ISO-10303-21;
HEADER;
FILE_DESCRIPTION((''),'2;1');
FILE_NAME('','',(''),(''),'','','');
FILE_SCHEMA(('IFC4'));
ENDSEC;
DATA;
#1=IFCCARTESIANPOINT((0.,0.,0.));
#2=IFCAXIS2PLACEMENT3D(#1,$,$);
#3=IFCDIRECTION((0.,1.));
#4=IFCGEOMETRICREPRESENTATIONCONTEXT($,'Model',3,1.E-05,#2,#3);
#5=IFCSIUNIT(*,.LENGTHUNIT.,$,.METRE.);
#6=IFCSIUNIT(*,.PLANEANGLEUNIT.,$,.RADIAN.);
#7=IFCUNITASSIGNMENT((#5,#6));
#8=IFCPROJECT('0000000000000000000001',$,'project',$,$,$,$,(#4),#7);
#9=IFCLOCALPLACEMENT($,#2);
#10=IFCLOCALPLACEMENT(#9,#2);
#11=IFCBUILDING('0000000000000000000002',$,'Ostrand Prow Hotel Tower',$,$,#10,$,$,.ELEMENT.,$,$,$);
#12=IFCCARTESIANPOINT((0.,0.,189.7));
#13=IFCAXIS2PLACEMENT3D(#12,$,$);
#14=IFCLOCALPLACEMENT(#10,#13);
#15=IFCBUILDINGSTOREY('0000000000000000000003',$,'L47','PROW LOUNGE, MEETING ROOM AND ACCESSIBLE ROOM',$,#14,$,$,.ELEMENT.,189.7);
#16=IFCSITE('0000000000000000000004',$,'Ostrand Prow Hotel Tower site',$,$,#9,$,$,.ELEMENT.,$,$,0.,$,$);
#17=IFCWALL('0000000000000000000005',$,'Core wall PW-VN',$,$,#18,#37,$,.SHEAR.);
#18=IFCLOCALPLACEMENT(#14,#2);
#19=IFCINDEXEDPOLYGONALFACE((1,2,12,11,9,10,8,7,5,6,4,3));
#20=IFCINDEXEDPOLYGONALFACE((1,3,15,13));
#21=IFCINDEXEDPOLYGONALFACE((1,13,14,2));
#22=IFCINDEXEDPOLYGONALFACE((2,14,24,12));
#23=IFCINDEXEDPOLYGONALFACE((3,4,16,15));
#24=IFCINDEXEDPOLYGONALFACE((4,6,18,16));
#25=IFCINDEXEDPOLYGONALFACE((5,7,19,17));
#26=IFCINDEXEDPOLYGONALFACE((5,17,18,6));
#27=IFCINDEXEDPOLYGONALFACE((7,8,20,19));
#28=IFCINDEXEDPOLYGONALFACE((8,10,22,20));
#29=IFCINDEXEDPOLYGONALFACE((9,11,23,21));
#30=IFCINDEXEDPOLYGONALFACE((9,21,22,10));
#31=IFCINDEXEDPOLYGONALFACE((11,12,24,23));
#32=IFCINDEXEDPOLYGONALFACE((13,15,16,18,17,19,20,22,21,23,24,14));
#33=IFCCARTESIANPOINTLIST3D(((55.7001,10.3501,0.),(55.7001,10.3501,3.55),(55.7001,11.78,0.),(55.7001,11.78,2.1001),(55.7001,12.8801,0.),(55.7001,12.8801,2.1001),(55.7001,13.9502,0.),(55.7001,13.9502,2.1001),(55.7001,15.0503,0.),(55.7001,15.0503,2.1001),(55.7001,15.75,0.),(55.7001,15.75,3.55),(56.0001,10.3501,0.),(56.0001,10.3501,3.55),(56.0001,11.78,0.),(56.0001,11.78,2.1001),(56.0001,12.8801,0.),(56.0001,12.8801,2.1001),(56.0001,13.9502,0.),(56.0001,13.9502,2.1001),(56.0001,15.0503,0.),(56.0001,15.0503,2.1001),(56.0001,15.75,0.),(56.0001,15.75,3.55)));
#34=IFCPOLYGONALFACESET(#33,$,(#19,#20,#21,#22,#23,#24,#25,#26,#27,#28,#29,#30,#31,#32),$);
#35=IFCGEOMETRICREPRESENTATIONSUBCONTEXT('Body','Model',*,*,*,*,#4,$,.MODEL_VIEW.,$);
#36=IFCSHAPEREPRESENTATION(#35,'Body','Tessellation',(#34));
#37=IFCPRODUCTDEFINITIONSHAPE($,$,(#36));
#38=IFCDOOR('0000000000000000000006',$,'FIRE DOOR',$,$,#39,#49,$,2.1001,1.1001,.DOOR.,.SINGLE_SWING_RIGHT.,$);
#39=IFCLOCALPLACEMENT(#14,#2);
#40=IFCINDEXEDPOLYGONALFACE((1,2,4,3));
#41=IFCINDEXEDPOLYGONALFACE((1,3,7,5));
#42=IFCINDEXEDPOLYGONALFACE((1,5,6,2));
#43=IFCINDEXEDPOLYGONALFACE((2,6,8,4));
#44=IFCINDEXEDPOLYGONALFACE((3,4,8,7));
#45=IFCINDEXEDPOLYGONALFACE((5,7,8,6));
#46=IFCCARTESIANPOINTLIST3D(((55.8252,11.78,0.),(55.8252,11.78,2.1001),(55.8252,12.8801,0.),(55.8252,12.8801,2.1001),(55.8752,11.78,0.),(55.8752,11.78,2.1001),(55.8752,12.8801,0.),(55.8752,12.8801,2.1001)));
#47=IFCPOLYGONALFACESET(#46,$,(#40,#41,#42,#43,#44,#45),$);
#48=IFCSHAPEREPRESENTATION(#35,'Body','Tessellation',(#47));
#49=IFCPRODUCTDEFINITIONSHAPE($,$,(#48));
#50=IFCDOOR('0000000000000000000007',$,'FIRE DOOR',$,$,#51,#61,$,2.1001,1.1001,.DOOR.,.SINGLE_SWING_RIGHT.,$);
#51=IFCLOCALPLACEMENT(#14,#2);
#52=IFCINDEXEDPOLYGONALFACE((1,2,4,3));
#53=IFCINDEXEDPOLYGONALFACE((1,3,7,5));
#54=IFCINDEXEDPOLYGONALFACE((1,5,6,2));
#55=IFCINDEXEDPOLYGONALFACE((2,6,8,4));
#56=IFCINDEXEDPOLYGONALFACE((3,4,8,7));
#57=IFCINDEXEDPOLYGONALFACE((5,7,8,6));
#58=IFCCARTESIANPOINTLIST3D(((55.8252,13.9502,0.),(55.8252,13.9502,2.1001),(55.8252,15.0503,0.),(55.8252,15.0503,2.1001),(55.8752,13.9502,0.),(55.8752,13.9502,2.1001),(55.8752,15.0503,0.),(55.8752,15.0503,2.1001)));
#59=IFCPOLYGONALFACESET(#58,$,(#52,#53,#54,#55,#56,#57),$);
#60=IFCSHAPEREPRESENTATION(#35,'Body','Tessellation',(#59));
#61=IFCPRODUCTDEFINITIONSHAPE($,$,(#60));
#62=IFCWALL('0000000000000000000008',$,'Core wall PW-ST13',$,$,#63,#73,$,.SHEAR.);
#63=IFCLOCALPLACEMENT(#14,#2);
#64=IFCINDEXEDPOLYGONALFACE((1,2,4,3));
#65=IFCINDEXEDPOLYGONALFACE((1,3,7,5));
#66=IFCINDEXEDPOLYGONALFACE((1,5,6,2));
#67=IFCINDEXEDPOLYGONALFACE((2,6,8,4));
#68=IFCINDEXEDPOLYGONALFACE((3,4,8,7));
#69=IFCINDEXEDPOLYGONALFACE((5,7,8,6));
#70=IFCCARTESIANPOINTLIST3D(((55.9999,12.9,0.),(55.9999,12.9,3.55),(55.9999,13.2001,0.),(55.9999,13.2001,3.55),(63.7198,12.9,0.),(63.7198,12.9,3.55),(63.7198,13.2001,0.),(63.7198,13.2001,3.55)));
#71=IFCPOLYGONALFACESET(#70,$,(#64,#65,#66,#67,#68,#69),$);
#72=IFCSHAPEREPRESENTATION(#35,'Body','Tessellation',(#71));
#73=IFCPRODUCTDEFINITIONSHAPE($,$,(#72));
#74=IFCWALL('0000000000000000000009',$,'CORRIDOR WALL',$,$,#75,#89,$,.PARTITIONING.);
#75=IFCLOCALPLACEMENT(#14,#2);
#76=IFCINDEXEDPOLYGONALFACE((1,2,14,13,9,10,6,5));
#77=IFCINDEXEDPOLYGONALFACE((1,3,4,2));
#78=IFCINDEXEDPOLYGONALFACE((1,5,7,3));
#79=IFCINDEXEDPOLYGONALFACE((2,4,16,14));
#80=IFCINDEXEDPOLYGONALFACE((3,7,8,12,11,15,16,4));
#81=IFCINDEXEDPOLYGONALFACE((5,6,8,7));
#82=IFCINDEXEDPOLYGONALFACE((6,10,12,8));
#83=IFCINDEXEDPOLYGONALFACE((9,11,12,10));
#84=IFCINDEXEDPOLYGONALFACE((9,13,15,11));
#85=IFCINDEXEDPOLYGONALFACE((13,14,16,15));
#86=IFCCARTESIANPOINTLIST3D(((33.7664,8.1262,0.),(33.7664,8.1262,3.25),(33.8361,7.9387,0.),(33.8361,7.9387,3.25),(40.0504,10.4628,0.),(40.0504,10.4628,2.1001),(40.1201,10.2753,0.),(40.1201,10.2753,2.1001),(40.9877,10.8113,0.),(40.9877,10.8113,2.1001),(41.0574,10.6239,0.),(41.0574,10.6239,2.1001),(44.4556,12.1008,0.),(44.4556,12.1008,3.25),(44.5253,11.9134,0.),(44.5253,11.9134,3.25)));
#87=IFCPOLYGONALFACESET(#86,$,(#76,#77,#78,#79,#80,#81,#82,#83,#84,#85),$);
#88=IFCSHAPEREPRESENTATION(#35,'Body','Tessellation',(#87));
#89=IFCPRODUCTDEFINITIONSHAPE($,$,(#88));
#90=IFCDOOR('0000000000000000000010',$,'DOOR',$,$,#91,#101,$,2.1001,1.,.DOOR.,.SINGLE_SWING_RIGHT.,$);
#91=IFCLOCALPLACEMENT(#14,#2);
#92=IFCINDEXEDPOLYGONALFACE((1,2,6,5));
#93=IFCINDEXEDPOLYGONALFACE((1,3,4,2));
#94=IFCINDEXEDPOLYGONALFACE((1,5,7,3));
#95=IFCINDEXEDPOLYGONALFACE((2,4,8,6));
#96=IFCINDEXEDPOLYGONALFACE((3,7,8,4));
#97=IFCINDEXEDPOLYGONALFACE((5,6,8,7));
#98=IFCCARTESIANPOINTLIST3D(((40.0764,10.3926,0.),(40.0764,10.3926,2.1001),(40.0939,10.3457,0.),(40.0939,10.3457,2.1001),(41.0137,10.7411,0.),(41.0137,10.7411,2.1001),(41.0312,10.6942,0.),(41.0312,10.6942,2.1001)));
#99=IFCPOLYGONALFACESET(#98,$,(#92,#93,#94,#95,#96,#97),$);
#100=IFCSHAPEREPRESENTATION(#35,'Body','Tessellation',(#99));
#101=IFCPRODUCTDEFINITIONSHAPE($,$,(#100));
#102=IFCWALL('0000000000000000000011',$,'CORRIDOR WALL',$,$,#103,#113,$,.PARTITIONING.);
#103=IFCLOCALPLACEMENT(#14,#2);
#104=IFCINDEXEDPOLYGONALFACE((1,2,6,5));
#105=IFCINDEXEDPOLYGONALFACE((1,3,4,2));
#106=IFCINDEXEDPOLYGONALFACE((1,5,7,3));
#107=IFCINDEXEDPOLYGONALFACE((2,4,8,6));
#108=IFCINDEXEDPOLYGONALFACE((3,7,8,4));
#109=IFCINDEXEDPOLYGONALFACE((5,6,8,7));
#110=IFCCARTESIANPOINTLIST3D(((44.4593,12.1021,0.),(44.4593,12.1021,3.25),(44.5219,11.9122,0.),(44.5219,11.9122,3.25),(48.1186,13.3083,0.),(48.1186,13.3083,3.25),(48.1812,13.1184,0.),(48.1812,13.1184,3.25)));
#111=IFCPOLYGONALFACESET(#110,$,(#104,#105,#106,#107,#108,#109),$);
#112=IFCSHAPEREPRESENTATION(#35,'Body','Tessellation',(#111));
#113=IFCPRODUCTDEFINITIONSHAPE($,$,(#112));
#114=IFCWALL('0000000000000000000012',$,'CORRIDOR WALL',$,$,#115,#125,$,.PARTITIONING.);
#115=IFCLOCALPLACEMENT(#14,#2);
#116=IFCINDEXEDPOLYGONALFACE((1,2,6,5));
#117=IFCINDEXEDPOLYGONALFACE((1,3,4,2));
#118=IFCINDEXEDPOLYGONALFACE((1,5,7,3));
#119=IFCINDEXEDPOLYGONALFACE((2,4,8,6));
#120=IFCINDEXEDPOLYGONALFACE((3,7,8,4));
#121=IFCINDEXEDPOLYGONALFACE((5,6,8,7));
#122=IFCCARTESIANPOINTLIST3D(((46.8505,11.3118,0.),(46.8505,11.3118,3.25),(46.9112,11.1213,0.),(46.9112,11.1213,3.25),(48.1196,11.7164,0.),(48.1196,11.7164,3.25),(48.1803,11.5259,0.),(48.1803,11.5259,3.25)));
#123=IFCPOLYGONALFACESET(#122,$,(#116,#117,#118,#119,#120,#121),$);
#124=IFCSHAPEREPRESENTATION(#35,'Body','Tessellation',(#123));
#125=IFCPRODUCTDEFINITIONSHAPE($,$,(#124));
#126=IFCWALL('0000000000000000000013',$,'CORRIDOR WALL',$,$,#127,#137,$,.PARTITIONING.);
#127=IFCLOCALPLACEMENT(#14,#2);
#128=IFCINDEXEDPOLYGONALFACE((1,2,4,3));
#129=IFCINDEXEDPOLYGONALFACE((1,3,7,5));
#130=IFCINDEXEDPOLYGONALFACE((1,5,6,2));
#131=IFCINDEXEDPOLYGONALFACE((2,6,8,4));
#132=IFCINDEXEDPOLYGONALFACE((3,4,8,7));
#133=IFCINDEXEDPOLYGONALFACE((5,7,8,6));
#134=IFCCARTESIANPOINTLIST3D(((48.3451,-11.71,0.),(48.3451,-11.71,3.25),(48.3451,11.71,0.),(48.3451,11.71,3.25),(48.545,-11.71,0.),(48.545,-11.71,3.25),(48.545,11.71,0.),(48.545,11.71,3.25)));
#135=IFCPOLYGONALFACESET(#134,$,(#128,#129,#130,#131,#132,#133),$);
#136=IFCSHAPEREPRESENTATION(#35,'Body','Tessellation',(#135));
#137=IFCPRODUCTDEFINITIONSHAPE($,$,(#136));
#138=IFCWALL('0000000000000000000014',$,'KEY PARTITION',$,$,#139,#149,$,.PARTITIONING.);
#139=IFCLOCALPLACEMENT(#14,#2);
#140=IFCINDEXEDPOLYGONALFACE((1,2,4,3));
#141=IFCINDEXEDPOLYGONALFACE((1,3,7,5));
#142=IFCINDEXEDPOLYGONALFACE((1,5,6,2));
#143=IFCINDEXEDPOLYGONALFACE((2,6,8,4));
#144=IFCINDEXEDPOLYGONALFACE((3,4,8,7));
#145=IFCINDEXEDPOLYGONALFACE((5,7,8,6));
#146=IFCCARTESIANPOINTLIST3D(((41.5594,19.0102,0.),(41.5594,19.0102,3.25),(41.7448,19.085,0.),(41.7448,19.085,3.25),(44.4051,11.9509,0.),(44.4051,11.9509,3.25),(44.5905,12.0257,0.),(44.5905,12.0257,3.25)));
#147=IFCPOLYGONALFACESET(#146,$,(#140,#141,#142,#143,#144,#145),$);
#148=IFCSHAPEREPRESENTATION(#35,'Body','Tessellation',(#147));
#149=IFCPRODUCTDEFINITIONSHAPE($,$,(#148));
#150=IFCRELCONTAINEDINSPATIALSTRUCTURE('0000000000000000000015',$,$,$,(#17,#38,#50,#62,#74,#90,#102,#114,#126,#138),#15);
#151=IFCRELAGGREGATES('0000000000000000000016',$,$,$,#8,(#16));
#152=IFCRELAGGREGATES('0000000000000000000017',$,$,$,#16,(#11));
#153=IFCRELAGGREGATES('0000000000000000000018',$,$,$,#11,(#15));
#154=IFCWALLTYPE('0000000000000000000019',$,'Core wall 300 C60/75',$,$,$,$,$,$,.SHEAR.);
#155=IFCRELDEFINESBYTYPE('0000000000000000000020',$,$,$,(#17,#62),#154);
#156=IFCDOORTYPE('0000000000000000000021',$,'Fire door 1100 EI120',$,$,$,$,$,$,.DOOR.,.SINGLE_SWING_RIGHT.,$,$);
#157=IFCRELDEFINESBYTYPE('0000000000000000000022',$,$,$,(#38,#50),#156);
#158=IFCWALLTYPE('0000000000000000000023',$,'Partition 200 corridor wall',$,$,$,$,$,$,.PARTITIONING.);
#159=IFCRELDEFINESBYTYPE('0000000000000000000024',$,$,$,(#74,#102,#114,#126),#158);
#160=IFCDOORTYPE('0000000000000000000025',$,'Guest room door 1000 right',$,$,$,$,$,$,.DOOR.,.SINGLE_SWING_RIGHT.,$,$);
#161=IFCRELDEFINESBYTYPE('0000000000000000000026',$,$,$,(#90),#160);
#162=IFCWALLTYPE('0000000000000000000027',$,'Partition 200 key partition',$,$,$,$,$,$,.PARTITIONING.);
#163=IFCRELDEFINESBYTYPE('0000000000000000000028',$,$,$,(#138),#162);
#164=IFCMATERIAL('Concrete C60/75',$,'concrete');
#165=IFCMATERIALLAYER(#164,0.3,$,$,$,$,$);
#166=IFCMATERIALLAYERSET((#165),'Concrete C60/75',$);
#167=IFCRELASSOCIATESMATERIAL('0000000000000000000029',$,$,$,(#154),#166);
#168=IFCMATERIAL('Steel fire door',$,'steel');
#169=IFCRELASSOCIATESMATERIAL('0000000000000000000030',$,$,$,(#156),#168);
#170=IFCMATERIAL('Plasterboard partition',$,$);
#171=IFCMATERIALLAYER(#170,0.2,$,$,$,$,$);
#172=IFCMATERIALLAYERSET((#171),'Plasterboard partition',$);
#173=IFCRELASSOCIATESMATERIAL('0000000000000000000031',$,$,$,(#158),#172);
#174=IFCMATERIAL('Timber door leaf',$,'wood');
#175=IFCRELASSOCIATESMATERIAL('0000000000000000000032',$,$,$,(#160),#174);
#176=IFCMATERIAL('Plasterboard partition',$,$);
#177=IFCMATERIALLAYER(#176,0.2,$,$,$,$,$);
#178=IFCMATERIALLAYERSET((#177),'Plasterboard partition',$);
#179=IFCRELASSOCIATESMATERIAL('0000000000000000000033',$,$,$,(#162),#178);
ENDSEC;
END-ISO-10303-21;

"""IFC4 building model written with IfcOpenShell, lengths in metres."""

from ifc_helpers import new_model, si_unit, direction, frame, frame_2d, origin, place, context, subcontext, project, spatial, rectangle, extrude, material, layer, layer_set, type_object, element, fill, save


model = new_model("IFC4")

# Units and contexts
model_context = context("Model", 3, precision=1e-05, world=origin(), true_north=direction((0.0, 1.0)))
body_context = subcontext(model_context, "Body", "Model", "MODEL_VIEW")
ifc_project = project(units=[si_unit("LENGTHUNIT", "METRE"), si_unit("PLANEANGLEUNIT", "RADIAN")], contexts=[model_context])

# Site, building, storey
site_placement = place(None, origin())
site = spatial("IfcSite", under=ifc_project, at=site_placement, Name="Ostrand Prow Hotel Tower site", CompositionType="ELEMENT", RefElevation=0.0)
building_placement = place(site_placement, origin())
building = spatial("IfcBuilding", under=site, at=building_placement, Name="Ostrand Prow Hotel Tower", CompositionType="ELEMENT")
storey_placement = place(building_placement, frame((0.0, 0.0, 189.7)))
storey = spatial("IfcBuildingStorey", under=building, at=storey_placement, Name="L47", Description="PROW LOUNGE, MEETING ROOM AND ACCESSIBLE ROOM", CompositionType="ELEMENT", Elevation=189.7)

# Wall, openings, doors
ifc_material_1 = material(Name="Concrete C60/75", Category="concrete")
ifc_layer_1 = layer(ifc_material_1, 0.3)
ifc_layer_set_1 = layer_set([ifc_layer_1], Name="Concrete C60/75")
wall_type_1 = type_object("IfcWallType", Name="Core wall 300 C60/75", PredefinedType="SHEAR", material=ifc_layer_set_1)
wall_1_placement = place(storey_placement, frame((55.8501, 10.3501, 0.0), z_axis=(0.0, 0.0, 1.0), x_axis=(0.0, 1.0, 0.0)))
wall_1 = element("IfcWall", 1, at=wall_1_placement, inside=storey, type_object=wall_type_1, Name="Core wall PW-VN", PredefinedType="SHEAR", context=body_context, shape_type="SweptSolid", body=[
    extrude(rectangle(XDim=5.3999, YDim=0.3, at=frame_2d((2.7, 0.0))), origin(), (0.0, 0.0, 1.0), 3.55),
])
opening_1_placement = place(wall_1_placement, frame((1.4299, 0.0, 0.0)))
opening_1 = element("IfcOpeningElement", 2, at=opening_1_placement, cuts=wall_1, PredefinedType="OPENING", context=body_context, shape_type="SweptSolid", body=[
    extrude(rectangle(XDim=1.1001, YDim=2.1001, at=frame_2d((0.55, 1.05))), frame((0.0, 0.1599, 0.0), z_axis=(0.0, -1.0, 0.0), x_axis=(1.0, 0.0, 0.0)), (0.0, 0.0, 1.0), 0.3201),
])
opening_2_placement = place(wall_1_placement, frame((3.6001, 0.0, 0.0)))
opening_2 = element("IfcOpeningElement", 3, at=opening_2_placement, cuts=wall_1, PredefinedType="OPENING", context=body_context, shape_type="SweptSolid", body=[
    extrude(rectangle(XDim=1.1001, YDim=2.1001, at=frame_2d((0.55, 1.05))), frame((0.0, 0.1599, 0.0), z_axis=(0.0, -1.0, 0.0), x_axis=(1.0, 0.0, 0.0)), (0.0, 0.0, 1.0), 0.3201),
])
ifc_material_2 = material(Name="Steel fire door", Category="steel")
door_type_1 = type_object("IfcDoorType", Name="Fire door 1100 EI120", OperationType="SINGLE_SWING_RIGHT", PredefinedType="DOOR", material=ifc_material_2)
door_1_placement = place(opening_1_placement, origin())
door_1 = element("IfcDoor", 4, at=door_1_placement, inside=storey, type_object=door_type_1, Name="FIRE DOOR", OperationType="SINGLE_SWING_RIGHT", OverallHeight=2.1001, OverallWidth=1.1001, PredefinedType="DOOR", context=body_context, shape_type="SweptSolid", body=[
    extrude(rectangle(XDim=1.1001, YDim=2.1001, at=frame_2d((0.55, 1.05))), frame((0.0, 0.0249, 0.0), z_axis=(0.0, -1.0, 0.0), x_axis=(1.0, 0.0, 0.0)), (0.0, 0.0, 1.0), 0.05),
])
fill(opening_1, door_1)
door_2_placement = place(opening_2_placement, origin())
door_2 = element("IfcDoor", 5, at=door_2_placement, inside=storey, type_object=door_type_1, Name="FIRE DOOR", OperationType="SINGLE_SWING_RIGHT", OverallHeight=2.1001, OverallWidth=1.1001, PredefinedType="DOOR", context=body_context, shape_type="SweptSolid", body=[
    extrude(rectangle(XDim=1.1001, YDim=2.1001, at=frame_2d((0.55, 1.05))), frame((0.0, 0.0249, 0.0), z_axis=(0.0, -1.0, 0.0), x_axis=(1.0, 0.0, 0.0)), (0.0, 0.0, 1.0), 0.05),
])
fill(opening_2, door_2)

# Wall
wall_2_placement = place(storey_placement, frame((56.0, 13.05, 0.0), z_axis=(0.0, 0.0, 1.0), x_axis=(1.0, 0.0, 0.0)))
element("IfcWall", 6, at=wall_2_placement, inside=storey, type_object=wall_type_1, Name="Core wall PW-ST13", PredefinedType="SHEAR", context=body_context, shape_type="SweptSolid", body=[
    extrude(rectangle(XDim=7.72, YDim=0.3, at=frame_2d((3.8599, 0.0))), origin(), (0.0, 0.0, 1.0), 3.55),
])

# Wall, opening, door
ifc_material_3 = material(Name="Plasterboard partition")
ifc_layer_2 = layer(ifc_material_3, 0.2)
ifc_layer_set_2 = layer_set([ifc_layer_2], Name="Plasterboard partition")
wall_type_2 = type_object("IfcWallType", Name="Partition 200 corridor wall", PredefinedType="PARTITIONING", material=ifc_layer_set_2)
wall_3_placement = place(storey_placement, frame((44.4905, 12.0071, 0.0), z_axis=(0.0, 0.0, 1.0), x_axis=(-0.937301, -0.34852, 0.0)))
wall_3 = element("IfcWall", 7, at=wall_3_placement, inside=storey, type_object=wall_type_2, Name="CORRIDOR WALL", PredefinedType="PARTITIONING", context=body_context, shape_type="SweptSolid", body=[
    extrude(rectangle(XDim=11.4043, YDim=0.2, at=frame_2d((5.7021, 0.0))), origin(), (0.0, 0.0, 1.0), 3.25),
])
opening_3_placement = place(wall_3_placement, frame((3.7, 0.0, 0.0)))
opening_3 = element("IfcOpeningElement", 8, at=opening_3_placement, cuts=wall_3, PredefinedType="OPENING", context=body_context, shape_type="SweptSolid", body=[
    extrude(rectangle(XDim=1.0, YDim=2.1001, at=frame_2d((0.5, 1.05))), frame((0.0, 0.1099, 0.0), z_axis=(0.0, -1.0, 0.0), x_axis=(1.0, 0.0, 0.0)), (0.0, 0.0, 1.0), 0.22),
])
ifc_material_4 = material(Name="Timber door leaf", Category="wood")
door_type_2 = type_object("IfcDoorType", Name="Guest room door 1000 right", OperationType="SINGLE_SWING_RIGHT", PredefinedType="DOOR", material=ifc_material_4)
door_3_placement = place(opening_3_placement, origin())
door_3 = element("IfcDoor", 9, at=door_3_placement, inside=storey, type_object=door_type_2, Name="DOOR", OperationType="SINGLE_SWING_RIGHT", OverallHeight=2.1001, OverallWidth=1.0, PredefinedType="DOOR", context=body_context, shape_type="SweptSolid", body=[
    extrude(rectangle(XDim=1.0, YDim=2.1001, at=frame_2d((0.5, 1.05))), frame((0.0, 0.0249, 0.0), z_axis=(0.0, -1.0, 0.0), x_axis=(1.0, 0.0, 0.0)), (0.0, 0.0, 1.0), 0.05),
])
fill(opening_3, door_3)

# Walls
wall_4_placement = place(storey_placement, frame((48.1499, 13.2134, 0.0), z_axis=(0.0, 0.0, 1.0), x_axis=(-0.94973, -0.313071, 0.0)))
element("IfcWall", 10, at=wall_4_placement, inside=storey, type_object=wall_type_2, Name="CORRIDOR WALL", PredefinedType="PARTITIONING", context=body_context, shape_type="SweptSolid", body=[
    extrude(rectangle(XDim=3.853, YDim=0.2, at=frame_2d((1.9265, 0.0))), origin(), (0.0, 0.0, 1.0), 3.25),
])
wall_5_placement = place(storey_placement, frame((46.8809, 11.2166, 0.0), z_axis=(0.0, 0.0, 1.0), x_axis=(0.952762, 0.303718, 0.0)))
element("IfcWall", 11, at=wall_5_placement, inside=storey, type_object=wall_type_2, Name="CORRIDOR WALL", PredefinedType="PARTITIONING", context=body_context, shape_type="SweptSolid", body=[
    extrude(rectangle(XDim=1.332, YDim=0.2, at=frame_2d((0.666, 0.0))), origin(), (0.0, 0.0, 1.0), 3.25),
])
wall_6_placement = place(storey_placement, frame((48.4451, 11.71, 0.0), z_axis=(0.0, 0.0, 1.0), x_axis=(0.0, -1.0, 0.0)))
element("IfcWall", 12, at=wall_6_placement, inside=storey, type_object=wall_type_2, Name="CORRIDOR WALL", PredefinedType="PARTITIONING", context=body_context, shape_type="SweptSolid", body=[
    extrude(rectangle(XDim=23.4199, YDim=0.2, at=frame_2d((11.71, 0.0))), origin(), (0.0, 0.0, 1.0), 3.25),
])
ifc_material_5 = material(Name="Plasterboard partition")
ifc_layer_3 = layer(ifc_material_5, 0.2)
ifc_layer_set_3 = layer_set([ifc_layer_3], Name="Plasterboard partition")
wall_type_3 = type_object("IfcWallType", Name="Partition 200 key partition", PredefinedType="PARTITIONING", material=ifc_layer_set_3)
wall_7_placement = place(storey_placement, frame((44.4978, 11.9883, 0.0), z_axis=(0.0, 0.0, 1.0), x_axis=(-0.373878, 0.927478, 0.0)))
element("IfcWall", 13, at=wall_7_placement, inside=storey, type_object=wall_type_3, Name="KEY PARTITION", PredefinedType="PARTITIONING", context=body_context, shape_type="SweptSolid", body=[
    extrude(rectangle(XDim=7.6113, YDim=0.2, at=frame_2d((3.8057, 0.0))), origin(), (0.0, 0.0, 1.0), 3.25),
])

save(model, "model.ifc")
